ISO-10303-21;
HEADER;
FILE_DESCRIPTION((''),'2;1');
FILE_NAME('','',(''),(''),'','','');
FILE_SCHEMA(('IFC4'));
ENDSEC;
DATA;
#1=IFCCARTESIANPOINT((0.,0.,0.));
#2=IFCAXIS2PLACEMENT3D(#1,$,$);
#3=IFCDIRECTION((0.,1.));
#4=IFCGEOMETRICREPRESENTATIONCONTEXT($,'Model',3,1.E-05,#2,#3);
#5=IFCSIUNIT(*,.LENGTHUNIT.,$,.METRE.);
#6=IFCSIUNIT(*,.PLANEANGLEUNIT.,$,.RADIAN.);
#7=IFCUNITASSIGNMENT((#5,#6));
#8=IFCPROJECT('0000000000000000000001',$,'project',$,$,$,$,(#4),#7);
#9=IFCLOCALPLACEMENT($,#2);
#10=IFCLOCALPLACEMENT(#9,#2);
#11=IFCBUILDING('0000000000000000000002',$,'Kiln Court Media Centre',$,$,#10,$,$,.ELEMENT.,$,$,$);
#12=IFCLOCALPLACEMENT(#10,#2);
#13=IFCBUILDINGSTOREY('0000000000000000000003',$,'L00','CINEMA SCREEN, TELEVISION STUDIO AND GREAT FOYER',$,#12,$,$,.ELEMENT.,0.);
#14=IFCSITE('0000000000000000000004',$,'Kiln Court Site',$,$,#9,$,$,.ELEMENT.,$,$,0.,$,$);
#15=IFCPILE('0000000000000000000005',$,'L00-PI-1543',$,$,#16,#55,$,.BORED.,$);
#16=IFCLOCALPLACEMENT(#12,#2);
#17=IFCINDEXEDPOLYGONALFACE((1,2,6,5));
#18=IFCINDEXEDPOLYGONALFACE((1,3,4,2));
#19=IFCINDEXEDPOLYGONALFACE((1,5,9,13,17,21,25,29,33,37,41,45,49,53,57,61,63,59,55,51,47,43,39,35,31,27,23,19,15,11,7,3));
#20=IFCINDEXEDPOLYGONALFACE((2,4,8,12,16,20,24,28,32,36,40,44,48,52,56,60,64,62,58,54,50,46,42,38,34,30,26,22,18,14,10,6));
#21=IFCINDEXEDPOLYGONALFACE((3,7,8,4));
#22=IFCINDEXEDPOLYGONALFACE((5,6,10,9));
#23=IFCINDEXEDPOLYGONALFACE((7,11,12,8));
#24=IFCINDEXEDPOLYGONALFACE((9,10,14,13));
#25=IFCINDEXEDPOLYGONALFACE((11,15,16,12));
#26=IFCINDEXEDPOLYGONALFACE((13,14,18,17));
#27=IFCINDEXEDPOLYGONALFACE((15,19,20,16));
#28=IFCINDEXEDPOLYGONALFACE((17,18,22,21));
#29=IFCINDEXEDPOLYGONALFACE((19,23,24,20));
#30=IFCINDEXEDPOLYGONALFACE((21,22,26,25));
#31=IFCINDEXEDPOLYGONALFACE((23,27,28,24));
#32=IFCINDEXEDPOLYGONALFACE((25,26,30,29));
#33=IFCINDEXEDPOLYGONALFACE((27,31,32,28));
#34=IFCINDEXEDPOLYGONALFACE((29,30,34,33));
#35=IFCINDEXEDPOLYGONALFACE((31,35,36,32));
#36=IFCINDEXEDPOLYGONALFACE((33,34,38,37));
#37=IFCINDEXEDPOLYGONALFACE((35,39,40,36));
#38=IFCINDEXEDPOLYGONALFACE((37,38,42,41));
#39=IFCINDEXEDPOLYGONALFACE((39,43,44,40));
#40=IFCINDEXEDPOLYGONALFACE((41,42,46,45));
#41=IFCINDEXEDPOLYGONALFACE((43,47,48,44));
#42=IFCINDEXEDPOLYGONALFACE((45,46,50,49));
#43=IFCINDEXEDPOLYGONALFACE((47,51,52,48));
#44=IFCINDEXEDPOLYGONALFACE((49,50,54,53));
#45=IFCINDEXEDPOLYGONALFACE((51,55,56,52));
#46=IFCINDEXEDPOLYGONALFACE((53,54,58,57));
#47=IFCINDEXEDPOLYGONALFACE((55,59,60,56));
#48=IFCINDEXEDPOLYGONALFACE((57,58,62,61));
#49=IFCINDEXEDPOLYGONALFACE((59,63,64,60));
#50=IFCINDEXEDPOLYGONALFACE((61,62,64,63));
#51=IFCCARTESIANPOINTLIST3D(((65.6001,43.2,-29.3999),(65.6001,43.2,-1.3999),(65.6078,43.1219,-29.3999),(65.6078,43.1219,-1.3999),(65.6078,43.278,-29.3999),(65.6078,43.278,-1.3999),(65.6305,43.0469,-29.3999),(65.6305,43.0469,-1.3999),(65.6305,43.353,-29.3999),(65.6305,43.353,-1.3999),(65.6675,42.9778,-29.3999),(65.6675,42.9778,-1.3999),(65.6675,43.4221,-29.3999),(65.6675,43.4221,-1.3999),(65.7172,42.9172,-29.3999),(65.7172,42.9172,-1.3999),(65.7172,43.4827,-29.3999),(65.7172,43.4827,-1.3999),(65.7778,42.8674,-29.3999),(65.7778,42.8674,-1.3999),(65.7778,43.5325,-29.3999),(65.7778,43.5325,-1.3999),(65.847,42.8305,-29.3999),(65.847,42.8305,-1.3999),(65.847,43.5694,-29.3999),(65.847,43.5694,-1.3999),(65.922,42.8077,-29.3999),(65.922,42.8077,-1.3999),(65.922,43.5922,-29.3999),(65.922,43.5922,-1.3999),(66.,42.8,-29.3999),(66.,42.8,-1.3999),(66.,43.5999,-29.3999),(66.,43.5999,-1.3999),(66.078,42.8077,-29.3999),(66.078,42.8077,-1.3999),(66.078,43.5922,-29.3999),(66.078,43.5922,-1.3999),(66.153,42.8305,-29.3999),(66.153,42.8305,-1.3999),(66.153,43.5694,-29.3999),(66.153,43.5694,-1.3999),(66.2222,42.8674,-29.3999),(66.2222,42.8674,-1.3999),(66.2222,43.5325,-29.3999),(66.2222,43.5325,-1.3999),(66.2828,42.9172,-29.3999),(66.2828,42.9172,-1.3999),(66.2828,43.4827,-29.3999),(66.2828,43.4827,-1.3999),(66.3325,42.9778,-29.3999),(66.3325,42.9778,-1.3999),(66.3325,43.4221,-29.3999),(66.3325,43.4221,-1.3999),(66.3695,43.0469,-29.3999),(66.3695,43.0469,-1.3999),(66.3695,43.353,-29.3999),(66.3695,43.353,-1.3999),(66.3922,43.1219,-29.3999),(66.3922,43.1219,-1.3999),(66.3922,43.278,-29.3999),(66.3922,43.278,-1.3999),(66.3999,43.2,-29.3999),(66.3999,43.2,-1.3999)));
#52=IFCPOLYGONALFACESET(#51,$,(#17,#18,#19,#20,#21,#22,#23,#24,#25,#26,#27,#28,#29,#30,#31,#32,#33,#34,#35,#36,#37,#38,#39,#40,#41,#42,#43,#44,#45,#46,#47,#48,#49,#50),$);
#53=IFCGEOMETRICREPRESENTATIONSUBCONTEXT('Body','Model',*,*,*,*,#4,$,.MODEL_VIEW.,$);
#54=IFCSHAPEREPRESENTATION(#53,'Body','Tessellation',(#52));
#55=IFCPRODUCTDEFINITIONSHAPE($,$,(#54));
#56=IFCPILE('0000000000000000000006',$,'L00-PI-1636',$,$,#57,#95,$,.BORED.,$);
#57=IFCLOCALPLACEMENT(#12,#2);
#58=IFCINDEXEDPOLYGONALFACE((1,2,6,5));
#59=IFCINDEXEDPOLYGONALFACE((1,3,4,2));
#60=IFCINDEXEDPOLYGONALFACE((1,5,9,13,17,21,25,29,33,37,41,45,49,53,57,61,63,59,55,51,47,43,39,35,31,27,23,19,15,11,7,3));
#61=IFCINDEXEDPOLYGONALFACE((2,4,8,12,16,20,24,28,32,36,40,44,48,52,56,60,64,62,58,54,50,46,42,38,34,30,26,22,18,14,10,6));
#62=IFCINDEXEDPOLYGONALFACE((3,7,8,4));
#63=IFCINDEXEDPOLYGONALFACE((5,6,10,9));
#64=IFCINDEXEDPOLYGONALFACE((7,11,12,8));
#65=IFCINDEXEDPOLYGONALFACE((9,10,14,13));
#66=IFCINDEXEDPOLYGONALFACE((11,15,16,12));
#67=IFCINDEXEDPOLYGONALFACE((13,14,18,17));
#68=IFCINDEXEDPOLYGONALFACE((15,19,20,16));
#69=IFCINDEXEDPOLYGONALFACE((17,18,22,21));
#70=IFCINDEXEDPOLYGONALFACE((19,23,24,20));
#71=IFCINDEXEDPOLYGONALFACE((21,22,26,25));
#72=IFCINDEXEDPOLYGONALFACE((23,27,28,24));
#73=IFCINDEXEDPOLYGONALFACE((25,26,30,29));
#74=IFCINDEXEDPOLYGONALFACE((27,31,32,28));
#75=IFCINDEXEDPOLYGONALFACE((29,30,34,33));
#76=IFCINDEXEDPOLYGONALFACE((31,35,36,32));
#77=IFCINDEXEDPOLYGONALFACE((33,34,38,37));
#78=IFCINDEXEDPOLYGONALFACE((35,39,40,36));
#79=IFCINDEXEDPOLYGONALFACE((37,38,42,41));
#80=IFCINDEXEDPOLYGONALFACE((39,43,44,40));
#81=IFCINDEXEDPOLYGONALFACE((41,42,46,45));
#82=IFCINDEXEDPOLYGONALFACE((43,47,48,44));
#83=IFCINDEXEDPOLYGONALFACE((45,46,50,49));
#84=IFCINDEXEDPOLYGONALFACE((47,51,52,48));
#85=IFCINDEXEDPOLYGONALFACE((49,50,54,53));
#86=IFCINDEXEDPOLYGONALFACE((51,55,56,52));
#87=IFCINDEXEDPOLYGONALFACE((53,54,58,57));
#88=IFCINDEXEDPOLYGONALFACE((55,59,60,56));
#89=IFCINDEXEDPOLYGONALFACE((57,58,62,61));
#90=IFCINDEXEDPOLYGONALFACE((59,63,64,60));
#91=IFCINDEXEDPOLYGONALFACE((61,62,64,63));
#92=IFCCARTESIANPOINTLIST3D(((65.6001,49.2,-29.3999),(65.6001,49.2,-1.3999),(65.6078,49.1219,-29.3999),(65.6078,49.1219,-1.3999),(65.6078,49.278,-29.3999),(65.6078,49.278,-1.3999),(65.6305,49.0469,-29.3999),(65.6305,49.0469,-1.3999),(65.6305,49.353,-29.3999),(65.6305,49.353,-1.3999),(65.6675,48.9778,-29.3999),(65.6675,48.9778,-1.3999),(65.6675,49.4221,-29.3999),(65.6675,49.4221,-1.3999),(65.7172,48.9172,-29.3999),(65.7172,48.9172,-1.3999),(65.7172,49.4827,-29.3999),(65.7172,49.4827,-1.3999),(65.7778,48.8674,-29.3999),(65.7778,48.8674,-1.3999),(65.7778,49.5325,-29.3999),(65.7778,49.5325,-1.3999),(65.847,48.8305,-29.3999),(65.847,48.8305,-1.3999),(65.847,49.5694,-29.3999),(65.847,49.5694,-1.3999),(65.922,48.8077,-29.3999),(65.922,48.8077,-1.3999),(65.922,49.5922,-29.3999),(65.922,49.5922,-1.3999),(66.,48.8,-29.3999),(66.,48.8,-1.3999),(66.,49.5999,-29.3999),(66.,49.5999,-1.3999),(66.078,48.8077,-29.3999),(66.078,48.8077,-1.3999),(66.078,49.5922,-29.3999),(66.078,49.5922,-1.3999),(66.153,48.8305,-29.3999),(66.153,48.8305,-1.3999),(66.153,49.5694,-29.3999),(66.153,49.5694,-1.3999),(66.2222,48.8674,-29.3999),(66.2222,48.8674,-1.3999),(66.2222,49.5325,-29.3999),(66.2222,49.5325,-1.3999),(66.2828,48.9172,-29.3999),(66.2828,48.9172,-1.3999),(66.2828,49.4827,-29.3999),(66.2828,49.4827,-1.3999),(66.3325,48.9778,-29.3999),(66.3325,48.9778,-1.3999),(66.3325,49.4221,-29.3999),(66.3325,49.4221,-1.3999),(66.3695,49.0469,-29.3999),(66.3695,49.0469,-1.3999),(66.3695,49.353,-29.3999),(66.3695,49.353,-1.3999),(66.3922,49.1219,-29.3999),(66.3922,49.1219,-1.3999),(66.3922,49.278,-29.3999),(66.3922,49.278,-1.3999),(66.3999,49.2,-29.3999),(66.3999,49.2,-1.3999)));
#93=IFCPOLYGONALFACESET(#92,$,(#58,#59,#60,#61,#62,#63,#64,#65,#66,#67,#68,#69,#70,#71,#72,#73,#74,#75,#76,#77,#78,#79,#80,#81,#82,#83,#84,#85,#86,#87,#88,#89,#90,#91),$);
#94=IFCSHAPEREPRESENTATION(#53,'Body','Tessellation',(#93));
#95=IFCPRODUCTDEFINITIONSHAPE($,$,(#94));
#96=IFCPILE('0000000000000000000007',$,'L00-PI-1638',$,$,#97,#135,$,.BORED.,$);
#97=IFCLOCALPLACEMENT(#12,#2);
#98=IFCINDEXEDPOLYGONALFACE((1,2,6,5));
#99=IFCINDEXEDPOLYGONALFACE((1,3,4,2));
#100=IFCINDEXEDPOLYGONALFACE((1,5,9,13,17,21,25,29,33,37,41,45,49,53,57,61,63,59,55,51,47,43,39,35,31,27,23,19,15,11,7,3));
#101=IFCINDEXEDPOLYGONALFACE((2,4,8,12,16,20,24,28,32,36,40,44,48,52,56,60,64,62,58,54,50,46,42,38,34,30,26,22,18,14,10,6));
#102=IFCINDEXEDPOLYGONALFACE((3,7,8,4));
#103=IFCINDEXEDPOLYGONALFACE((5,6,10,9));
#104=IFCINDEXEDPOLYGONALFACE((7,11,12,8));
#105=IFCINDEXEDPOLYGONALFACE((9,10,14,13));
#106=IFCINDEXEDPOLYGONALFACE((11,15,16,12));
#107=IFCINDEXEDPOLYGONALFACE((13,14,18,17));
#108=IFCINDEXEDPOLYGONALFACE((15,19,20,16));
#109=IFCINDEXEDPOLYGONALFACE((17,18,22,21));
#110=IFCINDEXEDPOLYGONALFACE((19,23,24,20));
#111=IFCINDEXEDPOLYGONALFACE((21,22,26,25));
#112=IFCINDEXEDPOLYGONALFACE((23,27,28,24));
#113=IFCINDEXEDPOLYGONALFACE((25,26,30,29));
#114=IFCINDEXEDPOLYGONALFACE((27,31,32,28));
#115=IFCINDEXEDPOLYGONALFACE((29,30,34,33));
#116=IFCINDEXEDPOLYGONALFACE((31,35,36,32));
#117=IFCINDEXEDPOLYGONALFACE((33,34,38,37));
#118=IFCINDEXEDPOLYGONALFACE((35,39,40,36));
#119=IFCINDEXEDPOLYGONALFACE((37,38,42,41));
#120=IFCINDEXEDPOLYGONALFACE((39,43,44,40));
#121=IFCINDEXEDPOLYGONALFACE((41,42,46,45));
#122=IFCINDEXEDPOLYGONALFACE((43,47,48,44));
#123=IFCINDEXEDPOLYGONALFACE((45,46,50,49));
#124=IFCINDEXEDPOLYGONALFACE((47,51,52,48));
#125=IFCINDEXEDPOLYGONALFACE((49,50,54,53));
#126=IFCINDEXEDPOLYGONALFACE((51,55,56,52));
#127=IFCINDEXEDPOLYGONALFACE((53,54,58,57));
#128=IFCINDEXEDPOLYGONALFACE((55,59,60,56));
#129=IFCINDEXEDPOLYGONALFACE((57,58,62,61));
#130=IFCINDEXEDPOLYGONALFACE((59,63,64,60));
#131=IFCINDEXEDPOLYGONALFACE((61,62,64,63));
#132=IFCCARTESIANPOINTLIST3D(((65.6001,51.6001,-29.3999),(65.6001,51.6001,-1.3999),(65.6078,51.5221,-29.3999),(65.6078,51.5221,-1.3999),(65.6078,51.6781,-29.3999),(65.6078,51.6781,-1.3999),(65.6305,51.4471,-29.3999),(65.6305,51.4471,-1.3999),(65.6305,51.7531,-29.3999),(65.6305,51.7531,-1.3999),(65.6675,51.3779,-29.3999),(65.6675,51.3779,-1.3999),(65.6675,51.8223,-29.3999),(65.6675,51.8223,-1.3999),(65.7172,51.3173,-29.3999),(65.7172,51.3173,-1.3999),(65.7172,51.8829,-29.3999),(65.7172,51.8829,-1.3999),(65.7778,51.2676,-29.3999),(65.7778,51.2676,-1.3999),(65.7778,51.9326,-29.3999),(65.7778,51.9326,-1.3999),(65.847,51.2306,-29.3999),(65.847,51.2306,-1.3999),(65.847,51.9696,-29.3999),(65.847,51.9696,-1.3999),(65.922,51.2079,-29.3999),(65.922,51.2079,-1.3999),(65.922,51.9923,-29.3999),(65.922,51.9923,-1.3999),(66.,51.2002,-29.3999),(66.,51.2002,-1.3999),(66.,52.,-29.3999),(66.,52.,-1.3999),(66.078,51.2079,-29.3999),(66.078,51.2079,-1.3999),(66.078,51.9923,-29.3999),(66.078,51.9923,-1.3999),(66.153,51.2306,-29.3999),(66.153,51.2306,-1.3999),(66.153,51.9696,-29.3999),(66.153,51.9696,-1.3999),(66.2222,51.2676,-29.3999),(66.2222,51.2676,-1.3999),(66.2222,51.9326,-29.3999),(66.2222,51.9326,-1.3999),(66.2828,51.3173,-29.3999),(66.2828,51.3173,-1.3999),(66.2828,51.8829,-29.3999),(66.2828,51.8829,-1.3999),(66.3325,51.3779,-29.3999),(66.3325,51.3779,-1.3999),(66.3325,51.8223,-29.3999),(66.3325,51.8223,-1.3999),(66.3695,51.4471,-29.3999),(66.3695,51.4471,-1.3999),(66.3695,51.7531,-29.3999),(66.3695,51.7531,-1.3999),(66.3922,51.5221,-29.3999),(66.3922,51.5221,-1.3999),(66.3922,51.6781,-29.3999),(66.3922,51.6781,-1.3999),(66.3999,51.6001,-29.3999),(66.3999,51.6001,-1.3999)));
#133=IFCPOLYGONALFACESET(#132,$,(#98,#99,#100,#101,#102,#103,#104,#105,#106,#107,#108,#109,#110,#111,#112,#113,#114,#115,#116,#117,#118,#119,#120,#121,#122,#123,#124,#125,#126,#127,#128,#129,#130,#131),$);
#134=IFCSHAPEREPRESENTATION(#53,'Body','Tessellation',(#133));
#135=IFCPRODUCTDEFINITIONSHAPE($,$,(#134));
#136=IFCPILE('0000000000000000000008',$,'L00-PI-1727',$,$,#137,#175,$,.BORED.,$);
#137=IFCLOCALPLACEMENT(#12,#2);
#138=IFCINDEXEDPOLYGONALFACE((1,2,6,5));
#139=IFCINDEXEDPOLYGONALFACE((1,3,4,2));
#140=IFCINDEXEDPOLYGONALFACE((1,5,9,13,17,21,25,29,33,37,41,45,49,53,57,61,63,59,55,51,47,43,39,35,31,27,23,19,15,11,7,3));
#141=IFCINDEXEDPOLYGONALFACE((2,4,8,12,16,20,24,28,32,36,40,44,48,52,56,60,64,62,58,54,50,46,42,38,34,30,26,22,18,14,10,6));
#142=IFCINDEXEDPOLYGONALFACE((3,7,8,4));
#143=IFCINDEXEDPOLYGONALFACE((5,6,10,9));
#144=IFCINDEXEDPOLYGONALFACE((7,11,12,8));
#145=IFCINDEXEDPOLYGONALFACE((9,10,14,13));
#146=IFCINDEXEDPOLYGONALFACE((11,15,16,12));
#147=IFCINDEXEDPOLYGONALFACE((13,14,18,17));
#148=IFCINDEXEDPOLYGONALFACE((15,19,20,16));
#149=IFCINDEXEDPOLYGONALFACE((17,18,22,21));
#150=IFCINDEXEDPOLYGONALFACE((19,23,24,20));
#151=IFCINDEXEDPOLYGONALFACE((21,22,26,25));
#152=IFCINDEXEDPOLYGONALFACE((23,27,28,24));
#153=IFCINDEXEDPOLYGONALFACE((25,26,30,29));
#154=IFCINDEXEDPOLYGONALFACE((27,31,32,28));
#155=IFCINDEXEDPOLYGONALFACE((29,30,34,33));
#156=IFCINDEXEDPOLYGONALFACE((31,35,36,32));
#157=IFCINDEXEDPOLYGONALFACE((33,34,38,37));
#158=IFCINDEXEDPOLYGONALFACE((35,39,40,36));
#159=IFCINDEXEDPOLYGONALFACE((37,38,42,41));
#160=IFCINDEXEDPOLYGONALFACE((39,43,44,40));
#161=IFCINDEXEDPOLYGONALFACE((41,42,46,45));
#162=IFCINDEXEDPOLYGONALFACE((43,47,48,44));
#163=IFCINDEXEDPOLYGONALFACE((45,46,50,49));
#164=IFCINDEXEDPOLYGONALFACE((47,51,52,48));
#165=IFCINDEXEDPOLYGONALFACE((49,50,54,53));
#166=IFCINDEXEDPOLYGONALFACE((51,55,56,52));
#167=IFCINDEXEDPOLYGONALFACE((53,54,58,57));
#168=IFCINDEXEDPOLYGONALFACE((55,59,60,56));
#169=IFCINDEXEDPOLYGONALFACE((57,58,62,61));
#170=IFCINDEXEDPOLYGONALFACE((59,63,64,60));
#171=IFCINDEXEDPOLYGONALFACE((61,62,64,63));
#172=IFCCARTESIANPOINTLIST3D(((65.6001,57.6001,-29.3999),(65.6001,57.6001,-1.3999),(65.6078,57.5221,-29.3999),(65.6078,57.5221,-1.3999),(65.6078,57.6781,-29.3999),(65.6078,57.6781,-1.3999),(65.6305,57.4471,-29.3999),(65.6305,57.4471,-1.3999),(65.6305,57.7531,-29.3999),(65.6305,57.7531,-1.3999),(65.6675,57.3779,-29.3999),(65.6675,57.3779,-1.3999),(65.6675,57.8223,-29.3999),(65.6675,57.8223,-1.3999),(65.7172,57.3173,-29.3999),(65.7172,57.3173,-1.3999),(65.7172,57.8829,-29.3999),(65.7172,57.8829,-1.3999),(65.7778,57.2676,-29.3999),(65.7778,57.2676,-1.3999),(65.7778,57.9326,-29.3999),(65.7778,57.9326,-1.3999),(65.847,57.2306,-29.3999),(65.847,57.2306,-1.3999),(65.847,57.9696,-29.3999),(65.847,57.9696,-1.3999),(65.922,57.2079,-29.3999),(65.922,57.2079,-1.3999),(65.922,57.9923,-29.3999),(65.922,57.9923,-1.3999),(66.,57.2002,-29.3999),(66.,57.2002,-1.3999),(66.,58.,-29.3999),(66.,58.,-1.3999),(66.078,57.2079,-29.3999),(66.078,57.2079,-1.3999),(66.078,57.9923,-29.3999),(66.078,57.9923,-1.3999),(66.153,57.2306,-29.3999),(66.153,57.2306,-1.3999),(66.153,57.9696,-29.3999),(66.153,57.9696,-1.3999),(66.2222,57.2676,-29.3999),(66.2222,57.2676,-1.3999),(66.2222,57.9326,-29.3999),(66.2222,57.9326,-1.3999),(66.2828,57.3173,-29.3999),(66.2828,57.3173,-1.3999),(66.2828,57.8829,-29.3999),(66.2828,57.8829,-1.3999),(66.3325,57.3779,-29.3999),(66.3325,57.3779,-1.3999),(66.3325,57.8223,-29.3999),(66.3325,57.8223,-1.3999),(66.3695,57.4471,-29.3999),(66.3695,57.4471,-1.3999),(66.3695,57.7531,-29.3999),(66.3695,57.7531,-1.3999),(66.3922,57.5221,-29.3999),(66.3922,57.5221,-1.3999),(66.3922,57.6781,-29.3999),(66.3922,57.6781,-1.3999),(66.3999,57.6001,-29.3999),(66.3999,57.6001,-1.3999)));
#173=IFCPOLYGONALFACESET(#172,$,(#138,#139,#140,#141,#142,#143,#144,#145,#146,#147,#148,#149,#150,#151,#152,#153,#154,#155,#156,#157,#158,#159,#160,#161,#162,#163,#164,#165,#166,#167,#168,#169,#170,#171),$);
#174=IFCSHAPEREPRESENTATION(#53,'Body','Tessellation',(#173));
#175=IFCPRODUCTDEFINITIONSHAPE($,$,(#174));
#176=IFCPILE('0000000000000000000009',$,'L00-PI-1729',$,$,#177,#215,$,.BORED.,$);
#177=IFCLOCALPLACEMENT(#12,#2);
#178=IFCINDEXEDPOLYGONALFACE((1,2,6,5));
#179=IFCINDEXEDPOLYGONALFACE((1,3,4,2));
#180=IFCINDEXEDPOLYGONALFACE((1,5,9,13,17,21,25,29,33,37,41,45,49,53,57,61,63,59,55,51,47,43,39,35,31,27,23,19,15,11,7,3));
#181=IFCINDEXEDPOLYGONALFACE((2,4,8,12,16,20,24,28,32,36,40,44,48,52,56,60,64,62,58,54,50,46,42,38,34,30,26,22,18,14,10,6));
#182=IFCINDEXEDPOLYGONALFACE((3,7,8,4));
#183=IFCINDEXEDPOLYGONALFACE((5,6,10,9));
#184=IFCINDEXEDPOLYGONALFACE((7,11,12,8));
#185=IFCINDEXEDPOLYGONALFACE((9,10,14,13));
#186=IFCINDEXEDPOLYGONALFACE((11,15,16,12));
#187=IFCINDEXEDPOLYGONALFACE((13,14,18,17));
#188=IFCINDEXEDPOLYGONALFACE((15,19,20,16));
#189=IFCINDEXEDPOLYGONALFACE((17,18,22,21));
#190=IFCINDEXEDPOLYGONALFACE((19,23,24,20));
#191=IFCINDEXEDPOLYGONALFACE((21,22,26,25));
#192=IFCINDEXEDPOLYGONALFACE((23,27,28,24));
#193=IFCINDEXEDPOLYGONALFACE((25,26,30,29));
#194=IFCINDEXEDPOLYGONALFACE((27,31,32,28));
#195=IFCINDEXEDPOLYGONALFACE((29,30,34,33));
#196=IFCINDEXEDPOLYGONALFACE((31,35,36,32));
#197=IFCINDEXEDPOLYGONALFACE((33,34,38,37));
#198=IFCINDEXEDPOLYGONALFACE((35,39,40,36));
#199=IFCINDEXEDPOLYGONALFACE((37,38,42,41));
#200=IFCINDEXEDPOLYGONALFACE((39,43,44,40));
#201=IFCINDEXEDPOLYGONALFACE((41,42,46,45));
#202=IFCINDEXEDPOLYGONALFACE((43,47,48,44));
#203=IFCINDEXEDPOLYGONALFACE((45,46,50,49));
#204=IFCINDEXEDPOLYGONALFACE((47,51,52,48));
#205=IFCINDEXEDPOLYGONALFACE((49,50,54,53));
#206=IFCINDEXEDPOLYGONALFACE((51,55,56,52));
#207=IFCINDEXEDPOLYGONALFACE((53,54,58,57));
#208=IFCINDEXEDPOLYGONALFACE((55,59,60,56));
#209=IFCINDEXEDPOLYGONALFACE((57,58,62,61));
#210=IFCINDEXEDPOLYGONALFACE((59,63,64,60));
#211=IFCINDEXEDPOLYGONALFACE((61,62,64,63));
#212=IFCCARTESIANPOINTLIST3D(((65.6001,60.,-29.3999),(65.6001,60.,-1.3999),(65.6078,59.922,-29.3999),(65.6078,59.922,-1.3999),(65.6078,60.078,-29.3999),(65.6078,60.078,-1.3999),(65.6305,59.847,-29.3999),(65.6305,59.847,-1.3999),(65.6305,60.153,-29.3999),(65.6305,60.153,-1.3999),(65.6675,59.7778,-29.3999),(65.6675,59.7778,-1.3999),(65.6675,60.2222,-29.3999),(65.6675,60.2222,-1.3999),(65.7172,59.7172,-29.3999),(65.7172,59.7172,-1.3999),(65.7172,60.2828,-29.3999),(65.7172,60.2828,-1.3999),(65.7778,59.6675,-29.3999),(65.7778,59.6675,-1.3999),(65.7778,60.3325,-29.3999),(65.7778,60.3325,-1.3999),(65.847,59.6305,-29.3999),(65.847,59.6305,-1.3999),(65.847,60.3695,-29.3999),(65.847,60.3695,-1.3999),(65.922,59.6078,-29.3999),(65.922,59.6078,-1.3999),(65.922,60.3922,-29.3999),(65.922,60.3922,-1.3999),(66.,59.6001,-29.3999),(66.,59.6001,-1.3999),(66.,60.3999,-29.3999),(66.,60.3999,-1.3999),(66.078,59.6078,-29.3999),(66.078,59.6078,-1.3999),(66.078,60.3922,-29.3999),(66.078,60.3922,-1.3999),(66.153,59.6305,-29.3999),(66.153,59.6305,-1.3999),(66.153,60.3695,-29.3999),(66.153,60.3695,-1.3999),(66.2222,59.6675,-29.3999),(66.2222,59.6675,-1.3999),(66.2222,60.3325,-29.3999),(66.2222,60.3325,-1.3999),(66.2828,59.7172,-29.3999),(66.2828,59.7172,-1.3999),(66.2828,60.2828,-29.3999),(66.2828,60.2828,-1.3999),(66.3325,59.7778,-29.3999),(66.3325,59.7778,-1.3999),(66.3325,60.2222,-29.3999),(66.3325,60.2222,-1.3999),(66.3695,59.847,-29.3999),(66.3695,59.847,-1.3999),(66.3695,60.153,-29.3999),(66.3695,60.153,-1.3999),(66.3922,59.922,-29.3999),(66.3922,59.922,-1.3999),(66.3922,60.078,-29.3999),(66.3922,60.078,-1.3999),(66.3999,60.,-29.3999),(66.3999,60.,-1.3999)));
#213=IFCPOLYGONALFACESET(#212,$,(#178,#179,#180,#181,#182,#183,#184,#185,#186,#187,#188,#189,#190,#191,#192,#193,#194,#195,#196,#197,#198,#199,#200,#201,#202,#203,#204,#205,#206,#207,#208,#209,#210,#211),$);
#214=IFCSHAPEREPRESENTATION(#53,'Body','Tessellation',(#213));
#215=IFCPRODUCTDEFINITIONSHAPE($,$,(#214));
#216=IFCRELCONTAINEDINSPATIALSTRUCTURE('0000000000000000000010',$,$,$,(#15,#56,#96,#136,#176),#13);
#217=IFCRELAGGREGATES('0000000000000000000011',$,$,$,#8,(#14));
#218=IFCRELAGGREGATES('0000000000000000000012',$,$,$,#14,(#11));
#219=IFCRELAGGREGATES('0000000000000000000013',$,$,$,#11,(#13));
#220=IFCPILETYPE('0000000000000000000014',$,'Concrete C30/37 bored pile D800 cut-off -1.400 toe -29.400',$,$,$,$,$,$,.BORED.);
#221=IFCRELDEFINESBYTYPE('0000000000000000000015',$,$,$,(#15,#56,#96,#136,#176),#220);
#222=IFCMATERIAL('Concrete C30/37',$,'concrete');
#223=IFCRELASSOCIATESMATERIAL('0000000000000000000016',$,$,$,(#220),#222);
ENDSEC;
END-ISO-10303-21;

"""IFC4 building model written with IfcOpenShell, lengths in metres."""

from ifc_helpers import new_model, si_unit, direction, frame, origin, origin_2d, place, context, subcontext, project, spatial, circle, extrude, material, material_profile, profile_set, type_object, element, save


model = new_model("IFC4")

# Units and contexts
model_context = context("Model", 3, precision=1e-05, world=origin(), true_north=direction((0.0, 1.0)))
body_context = subcontext(model_context, "Body", "Model", "MODEL_VIEW")
ifc_project = project(units=[si_unit("LENGTHUNIT", "METRE"), si_unit("PLANEANGLEUNIT", "RADIAN")], contexts=[model_context])

# Site, building, storey
site_placement = place(None, origin())
site = spatial("IfcSite", under=ifc_project, at=site_placement, Name="Kiln Court Site", CompositionType="ELEMENT", RefElevation=0.0)
building_placement = place(site_placement, origin())
building = spatial("IfcBuilding", under=site, at=building_placement, Name="Kiln Court Media Centre", CompositionType="ELEMENT")
storey_placement = place(building_placement, origin())
storey = spatial("IfcBuildingStorey", under=building, at=storey_placement, Name="L00", Description="CINEMA SCREEN, TELEVISION STUDIO AND GREAT FOYER", CompositionType="ELEMENT", Elevation=0.0)

# Piles
ifc_material_1 = material(Name="Concrete C30/37", Category="concrete")
ifc_material_profile_1 = material_profile(ifc_material_1, circle(Radius=0.3999, at=origin_2d()), Name="PILE D800")
ifc_profile_set_1 = profile_set([ifc_material_profile_1], Name="Concrete C30/37")
pile_type_1 = type_object("IfcPileType", Name="Concrete C30/37 bored pile D800 cut-off -1.400 toe -29.400", PredefinedType="BORED", material=ifc_profile_set_1)
for number, where, z_axis, x_axis, name in (
    (1, (66.0, 43.2, -1.3999), (0.0, 0.0, -1.0), (1.0, 0.0, 0.0), "L00-PI-1543"),
    (2, (66.0, 49.2, -1.3999), (0.0, 0.0, -1.0), (1.0, 0.0, 0.0), "L00-PI-1636"),
    (3, (66.0, 51.6001, -1.3999), (0.0, 0.0, -1.0), (1.0, 0.0, 0.0), "L00-PI-1638"),
    (4, (66.0, 57.6001, -1.3999), (0.0, 0.0, -1.0), (1.0, 0.0, 0.0), "L00-PI-1727"),
    (5, (66.0, 60.0, -1.3999), (0.0, 0.0, -1.0), (1.0, 0.0, 0.0), "L00-PI-1729"),
):
    element("IfcPile", number, at=place(storey_placement, frame(where, z_axis=z_axis, x_axis=x_axis)), inside=storey, type_object=pile_type_1, Name=name, PredefinedType="BORED", context=body_context, shape_type="SweptSolid", body=[
        extrude(circle(Radius=0.3999, at=origin_2d()), origin(), (0.0, 0.0, 1.0), 28.0),
    ])

save(model, "model.ifc")
